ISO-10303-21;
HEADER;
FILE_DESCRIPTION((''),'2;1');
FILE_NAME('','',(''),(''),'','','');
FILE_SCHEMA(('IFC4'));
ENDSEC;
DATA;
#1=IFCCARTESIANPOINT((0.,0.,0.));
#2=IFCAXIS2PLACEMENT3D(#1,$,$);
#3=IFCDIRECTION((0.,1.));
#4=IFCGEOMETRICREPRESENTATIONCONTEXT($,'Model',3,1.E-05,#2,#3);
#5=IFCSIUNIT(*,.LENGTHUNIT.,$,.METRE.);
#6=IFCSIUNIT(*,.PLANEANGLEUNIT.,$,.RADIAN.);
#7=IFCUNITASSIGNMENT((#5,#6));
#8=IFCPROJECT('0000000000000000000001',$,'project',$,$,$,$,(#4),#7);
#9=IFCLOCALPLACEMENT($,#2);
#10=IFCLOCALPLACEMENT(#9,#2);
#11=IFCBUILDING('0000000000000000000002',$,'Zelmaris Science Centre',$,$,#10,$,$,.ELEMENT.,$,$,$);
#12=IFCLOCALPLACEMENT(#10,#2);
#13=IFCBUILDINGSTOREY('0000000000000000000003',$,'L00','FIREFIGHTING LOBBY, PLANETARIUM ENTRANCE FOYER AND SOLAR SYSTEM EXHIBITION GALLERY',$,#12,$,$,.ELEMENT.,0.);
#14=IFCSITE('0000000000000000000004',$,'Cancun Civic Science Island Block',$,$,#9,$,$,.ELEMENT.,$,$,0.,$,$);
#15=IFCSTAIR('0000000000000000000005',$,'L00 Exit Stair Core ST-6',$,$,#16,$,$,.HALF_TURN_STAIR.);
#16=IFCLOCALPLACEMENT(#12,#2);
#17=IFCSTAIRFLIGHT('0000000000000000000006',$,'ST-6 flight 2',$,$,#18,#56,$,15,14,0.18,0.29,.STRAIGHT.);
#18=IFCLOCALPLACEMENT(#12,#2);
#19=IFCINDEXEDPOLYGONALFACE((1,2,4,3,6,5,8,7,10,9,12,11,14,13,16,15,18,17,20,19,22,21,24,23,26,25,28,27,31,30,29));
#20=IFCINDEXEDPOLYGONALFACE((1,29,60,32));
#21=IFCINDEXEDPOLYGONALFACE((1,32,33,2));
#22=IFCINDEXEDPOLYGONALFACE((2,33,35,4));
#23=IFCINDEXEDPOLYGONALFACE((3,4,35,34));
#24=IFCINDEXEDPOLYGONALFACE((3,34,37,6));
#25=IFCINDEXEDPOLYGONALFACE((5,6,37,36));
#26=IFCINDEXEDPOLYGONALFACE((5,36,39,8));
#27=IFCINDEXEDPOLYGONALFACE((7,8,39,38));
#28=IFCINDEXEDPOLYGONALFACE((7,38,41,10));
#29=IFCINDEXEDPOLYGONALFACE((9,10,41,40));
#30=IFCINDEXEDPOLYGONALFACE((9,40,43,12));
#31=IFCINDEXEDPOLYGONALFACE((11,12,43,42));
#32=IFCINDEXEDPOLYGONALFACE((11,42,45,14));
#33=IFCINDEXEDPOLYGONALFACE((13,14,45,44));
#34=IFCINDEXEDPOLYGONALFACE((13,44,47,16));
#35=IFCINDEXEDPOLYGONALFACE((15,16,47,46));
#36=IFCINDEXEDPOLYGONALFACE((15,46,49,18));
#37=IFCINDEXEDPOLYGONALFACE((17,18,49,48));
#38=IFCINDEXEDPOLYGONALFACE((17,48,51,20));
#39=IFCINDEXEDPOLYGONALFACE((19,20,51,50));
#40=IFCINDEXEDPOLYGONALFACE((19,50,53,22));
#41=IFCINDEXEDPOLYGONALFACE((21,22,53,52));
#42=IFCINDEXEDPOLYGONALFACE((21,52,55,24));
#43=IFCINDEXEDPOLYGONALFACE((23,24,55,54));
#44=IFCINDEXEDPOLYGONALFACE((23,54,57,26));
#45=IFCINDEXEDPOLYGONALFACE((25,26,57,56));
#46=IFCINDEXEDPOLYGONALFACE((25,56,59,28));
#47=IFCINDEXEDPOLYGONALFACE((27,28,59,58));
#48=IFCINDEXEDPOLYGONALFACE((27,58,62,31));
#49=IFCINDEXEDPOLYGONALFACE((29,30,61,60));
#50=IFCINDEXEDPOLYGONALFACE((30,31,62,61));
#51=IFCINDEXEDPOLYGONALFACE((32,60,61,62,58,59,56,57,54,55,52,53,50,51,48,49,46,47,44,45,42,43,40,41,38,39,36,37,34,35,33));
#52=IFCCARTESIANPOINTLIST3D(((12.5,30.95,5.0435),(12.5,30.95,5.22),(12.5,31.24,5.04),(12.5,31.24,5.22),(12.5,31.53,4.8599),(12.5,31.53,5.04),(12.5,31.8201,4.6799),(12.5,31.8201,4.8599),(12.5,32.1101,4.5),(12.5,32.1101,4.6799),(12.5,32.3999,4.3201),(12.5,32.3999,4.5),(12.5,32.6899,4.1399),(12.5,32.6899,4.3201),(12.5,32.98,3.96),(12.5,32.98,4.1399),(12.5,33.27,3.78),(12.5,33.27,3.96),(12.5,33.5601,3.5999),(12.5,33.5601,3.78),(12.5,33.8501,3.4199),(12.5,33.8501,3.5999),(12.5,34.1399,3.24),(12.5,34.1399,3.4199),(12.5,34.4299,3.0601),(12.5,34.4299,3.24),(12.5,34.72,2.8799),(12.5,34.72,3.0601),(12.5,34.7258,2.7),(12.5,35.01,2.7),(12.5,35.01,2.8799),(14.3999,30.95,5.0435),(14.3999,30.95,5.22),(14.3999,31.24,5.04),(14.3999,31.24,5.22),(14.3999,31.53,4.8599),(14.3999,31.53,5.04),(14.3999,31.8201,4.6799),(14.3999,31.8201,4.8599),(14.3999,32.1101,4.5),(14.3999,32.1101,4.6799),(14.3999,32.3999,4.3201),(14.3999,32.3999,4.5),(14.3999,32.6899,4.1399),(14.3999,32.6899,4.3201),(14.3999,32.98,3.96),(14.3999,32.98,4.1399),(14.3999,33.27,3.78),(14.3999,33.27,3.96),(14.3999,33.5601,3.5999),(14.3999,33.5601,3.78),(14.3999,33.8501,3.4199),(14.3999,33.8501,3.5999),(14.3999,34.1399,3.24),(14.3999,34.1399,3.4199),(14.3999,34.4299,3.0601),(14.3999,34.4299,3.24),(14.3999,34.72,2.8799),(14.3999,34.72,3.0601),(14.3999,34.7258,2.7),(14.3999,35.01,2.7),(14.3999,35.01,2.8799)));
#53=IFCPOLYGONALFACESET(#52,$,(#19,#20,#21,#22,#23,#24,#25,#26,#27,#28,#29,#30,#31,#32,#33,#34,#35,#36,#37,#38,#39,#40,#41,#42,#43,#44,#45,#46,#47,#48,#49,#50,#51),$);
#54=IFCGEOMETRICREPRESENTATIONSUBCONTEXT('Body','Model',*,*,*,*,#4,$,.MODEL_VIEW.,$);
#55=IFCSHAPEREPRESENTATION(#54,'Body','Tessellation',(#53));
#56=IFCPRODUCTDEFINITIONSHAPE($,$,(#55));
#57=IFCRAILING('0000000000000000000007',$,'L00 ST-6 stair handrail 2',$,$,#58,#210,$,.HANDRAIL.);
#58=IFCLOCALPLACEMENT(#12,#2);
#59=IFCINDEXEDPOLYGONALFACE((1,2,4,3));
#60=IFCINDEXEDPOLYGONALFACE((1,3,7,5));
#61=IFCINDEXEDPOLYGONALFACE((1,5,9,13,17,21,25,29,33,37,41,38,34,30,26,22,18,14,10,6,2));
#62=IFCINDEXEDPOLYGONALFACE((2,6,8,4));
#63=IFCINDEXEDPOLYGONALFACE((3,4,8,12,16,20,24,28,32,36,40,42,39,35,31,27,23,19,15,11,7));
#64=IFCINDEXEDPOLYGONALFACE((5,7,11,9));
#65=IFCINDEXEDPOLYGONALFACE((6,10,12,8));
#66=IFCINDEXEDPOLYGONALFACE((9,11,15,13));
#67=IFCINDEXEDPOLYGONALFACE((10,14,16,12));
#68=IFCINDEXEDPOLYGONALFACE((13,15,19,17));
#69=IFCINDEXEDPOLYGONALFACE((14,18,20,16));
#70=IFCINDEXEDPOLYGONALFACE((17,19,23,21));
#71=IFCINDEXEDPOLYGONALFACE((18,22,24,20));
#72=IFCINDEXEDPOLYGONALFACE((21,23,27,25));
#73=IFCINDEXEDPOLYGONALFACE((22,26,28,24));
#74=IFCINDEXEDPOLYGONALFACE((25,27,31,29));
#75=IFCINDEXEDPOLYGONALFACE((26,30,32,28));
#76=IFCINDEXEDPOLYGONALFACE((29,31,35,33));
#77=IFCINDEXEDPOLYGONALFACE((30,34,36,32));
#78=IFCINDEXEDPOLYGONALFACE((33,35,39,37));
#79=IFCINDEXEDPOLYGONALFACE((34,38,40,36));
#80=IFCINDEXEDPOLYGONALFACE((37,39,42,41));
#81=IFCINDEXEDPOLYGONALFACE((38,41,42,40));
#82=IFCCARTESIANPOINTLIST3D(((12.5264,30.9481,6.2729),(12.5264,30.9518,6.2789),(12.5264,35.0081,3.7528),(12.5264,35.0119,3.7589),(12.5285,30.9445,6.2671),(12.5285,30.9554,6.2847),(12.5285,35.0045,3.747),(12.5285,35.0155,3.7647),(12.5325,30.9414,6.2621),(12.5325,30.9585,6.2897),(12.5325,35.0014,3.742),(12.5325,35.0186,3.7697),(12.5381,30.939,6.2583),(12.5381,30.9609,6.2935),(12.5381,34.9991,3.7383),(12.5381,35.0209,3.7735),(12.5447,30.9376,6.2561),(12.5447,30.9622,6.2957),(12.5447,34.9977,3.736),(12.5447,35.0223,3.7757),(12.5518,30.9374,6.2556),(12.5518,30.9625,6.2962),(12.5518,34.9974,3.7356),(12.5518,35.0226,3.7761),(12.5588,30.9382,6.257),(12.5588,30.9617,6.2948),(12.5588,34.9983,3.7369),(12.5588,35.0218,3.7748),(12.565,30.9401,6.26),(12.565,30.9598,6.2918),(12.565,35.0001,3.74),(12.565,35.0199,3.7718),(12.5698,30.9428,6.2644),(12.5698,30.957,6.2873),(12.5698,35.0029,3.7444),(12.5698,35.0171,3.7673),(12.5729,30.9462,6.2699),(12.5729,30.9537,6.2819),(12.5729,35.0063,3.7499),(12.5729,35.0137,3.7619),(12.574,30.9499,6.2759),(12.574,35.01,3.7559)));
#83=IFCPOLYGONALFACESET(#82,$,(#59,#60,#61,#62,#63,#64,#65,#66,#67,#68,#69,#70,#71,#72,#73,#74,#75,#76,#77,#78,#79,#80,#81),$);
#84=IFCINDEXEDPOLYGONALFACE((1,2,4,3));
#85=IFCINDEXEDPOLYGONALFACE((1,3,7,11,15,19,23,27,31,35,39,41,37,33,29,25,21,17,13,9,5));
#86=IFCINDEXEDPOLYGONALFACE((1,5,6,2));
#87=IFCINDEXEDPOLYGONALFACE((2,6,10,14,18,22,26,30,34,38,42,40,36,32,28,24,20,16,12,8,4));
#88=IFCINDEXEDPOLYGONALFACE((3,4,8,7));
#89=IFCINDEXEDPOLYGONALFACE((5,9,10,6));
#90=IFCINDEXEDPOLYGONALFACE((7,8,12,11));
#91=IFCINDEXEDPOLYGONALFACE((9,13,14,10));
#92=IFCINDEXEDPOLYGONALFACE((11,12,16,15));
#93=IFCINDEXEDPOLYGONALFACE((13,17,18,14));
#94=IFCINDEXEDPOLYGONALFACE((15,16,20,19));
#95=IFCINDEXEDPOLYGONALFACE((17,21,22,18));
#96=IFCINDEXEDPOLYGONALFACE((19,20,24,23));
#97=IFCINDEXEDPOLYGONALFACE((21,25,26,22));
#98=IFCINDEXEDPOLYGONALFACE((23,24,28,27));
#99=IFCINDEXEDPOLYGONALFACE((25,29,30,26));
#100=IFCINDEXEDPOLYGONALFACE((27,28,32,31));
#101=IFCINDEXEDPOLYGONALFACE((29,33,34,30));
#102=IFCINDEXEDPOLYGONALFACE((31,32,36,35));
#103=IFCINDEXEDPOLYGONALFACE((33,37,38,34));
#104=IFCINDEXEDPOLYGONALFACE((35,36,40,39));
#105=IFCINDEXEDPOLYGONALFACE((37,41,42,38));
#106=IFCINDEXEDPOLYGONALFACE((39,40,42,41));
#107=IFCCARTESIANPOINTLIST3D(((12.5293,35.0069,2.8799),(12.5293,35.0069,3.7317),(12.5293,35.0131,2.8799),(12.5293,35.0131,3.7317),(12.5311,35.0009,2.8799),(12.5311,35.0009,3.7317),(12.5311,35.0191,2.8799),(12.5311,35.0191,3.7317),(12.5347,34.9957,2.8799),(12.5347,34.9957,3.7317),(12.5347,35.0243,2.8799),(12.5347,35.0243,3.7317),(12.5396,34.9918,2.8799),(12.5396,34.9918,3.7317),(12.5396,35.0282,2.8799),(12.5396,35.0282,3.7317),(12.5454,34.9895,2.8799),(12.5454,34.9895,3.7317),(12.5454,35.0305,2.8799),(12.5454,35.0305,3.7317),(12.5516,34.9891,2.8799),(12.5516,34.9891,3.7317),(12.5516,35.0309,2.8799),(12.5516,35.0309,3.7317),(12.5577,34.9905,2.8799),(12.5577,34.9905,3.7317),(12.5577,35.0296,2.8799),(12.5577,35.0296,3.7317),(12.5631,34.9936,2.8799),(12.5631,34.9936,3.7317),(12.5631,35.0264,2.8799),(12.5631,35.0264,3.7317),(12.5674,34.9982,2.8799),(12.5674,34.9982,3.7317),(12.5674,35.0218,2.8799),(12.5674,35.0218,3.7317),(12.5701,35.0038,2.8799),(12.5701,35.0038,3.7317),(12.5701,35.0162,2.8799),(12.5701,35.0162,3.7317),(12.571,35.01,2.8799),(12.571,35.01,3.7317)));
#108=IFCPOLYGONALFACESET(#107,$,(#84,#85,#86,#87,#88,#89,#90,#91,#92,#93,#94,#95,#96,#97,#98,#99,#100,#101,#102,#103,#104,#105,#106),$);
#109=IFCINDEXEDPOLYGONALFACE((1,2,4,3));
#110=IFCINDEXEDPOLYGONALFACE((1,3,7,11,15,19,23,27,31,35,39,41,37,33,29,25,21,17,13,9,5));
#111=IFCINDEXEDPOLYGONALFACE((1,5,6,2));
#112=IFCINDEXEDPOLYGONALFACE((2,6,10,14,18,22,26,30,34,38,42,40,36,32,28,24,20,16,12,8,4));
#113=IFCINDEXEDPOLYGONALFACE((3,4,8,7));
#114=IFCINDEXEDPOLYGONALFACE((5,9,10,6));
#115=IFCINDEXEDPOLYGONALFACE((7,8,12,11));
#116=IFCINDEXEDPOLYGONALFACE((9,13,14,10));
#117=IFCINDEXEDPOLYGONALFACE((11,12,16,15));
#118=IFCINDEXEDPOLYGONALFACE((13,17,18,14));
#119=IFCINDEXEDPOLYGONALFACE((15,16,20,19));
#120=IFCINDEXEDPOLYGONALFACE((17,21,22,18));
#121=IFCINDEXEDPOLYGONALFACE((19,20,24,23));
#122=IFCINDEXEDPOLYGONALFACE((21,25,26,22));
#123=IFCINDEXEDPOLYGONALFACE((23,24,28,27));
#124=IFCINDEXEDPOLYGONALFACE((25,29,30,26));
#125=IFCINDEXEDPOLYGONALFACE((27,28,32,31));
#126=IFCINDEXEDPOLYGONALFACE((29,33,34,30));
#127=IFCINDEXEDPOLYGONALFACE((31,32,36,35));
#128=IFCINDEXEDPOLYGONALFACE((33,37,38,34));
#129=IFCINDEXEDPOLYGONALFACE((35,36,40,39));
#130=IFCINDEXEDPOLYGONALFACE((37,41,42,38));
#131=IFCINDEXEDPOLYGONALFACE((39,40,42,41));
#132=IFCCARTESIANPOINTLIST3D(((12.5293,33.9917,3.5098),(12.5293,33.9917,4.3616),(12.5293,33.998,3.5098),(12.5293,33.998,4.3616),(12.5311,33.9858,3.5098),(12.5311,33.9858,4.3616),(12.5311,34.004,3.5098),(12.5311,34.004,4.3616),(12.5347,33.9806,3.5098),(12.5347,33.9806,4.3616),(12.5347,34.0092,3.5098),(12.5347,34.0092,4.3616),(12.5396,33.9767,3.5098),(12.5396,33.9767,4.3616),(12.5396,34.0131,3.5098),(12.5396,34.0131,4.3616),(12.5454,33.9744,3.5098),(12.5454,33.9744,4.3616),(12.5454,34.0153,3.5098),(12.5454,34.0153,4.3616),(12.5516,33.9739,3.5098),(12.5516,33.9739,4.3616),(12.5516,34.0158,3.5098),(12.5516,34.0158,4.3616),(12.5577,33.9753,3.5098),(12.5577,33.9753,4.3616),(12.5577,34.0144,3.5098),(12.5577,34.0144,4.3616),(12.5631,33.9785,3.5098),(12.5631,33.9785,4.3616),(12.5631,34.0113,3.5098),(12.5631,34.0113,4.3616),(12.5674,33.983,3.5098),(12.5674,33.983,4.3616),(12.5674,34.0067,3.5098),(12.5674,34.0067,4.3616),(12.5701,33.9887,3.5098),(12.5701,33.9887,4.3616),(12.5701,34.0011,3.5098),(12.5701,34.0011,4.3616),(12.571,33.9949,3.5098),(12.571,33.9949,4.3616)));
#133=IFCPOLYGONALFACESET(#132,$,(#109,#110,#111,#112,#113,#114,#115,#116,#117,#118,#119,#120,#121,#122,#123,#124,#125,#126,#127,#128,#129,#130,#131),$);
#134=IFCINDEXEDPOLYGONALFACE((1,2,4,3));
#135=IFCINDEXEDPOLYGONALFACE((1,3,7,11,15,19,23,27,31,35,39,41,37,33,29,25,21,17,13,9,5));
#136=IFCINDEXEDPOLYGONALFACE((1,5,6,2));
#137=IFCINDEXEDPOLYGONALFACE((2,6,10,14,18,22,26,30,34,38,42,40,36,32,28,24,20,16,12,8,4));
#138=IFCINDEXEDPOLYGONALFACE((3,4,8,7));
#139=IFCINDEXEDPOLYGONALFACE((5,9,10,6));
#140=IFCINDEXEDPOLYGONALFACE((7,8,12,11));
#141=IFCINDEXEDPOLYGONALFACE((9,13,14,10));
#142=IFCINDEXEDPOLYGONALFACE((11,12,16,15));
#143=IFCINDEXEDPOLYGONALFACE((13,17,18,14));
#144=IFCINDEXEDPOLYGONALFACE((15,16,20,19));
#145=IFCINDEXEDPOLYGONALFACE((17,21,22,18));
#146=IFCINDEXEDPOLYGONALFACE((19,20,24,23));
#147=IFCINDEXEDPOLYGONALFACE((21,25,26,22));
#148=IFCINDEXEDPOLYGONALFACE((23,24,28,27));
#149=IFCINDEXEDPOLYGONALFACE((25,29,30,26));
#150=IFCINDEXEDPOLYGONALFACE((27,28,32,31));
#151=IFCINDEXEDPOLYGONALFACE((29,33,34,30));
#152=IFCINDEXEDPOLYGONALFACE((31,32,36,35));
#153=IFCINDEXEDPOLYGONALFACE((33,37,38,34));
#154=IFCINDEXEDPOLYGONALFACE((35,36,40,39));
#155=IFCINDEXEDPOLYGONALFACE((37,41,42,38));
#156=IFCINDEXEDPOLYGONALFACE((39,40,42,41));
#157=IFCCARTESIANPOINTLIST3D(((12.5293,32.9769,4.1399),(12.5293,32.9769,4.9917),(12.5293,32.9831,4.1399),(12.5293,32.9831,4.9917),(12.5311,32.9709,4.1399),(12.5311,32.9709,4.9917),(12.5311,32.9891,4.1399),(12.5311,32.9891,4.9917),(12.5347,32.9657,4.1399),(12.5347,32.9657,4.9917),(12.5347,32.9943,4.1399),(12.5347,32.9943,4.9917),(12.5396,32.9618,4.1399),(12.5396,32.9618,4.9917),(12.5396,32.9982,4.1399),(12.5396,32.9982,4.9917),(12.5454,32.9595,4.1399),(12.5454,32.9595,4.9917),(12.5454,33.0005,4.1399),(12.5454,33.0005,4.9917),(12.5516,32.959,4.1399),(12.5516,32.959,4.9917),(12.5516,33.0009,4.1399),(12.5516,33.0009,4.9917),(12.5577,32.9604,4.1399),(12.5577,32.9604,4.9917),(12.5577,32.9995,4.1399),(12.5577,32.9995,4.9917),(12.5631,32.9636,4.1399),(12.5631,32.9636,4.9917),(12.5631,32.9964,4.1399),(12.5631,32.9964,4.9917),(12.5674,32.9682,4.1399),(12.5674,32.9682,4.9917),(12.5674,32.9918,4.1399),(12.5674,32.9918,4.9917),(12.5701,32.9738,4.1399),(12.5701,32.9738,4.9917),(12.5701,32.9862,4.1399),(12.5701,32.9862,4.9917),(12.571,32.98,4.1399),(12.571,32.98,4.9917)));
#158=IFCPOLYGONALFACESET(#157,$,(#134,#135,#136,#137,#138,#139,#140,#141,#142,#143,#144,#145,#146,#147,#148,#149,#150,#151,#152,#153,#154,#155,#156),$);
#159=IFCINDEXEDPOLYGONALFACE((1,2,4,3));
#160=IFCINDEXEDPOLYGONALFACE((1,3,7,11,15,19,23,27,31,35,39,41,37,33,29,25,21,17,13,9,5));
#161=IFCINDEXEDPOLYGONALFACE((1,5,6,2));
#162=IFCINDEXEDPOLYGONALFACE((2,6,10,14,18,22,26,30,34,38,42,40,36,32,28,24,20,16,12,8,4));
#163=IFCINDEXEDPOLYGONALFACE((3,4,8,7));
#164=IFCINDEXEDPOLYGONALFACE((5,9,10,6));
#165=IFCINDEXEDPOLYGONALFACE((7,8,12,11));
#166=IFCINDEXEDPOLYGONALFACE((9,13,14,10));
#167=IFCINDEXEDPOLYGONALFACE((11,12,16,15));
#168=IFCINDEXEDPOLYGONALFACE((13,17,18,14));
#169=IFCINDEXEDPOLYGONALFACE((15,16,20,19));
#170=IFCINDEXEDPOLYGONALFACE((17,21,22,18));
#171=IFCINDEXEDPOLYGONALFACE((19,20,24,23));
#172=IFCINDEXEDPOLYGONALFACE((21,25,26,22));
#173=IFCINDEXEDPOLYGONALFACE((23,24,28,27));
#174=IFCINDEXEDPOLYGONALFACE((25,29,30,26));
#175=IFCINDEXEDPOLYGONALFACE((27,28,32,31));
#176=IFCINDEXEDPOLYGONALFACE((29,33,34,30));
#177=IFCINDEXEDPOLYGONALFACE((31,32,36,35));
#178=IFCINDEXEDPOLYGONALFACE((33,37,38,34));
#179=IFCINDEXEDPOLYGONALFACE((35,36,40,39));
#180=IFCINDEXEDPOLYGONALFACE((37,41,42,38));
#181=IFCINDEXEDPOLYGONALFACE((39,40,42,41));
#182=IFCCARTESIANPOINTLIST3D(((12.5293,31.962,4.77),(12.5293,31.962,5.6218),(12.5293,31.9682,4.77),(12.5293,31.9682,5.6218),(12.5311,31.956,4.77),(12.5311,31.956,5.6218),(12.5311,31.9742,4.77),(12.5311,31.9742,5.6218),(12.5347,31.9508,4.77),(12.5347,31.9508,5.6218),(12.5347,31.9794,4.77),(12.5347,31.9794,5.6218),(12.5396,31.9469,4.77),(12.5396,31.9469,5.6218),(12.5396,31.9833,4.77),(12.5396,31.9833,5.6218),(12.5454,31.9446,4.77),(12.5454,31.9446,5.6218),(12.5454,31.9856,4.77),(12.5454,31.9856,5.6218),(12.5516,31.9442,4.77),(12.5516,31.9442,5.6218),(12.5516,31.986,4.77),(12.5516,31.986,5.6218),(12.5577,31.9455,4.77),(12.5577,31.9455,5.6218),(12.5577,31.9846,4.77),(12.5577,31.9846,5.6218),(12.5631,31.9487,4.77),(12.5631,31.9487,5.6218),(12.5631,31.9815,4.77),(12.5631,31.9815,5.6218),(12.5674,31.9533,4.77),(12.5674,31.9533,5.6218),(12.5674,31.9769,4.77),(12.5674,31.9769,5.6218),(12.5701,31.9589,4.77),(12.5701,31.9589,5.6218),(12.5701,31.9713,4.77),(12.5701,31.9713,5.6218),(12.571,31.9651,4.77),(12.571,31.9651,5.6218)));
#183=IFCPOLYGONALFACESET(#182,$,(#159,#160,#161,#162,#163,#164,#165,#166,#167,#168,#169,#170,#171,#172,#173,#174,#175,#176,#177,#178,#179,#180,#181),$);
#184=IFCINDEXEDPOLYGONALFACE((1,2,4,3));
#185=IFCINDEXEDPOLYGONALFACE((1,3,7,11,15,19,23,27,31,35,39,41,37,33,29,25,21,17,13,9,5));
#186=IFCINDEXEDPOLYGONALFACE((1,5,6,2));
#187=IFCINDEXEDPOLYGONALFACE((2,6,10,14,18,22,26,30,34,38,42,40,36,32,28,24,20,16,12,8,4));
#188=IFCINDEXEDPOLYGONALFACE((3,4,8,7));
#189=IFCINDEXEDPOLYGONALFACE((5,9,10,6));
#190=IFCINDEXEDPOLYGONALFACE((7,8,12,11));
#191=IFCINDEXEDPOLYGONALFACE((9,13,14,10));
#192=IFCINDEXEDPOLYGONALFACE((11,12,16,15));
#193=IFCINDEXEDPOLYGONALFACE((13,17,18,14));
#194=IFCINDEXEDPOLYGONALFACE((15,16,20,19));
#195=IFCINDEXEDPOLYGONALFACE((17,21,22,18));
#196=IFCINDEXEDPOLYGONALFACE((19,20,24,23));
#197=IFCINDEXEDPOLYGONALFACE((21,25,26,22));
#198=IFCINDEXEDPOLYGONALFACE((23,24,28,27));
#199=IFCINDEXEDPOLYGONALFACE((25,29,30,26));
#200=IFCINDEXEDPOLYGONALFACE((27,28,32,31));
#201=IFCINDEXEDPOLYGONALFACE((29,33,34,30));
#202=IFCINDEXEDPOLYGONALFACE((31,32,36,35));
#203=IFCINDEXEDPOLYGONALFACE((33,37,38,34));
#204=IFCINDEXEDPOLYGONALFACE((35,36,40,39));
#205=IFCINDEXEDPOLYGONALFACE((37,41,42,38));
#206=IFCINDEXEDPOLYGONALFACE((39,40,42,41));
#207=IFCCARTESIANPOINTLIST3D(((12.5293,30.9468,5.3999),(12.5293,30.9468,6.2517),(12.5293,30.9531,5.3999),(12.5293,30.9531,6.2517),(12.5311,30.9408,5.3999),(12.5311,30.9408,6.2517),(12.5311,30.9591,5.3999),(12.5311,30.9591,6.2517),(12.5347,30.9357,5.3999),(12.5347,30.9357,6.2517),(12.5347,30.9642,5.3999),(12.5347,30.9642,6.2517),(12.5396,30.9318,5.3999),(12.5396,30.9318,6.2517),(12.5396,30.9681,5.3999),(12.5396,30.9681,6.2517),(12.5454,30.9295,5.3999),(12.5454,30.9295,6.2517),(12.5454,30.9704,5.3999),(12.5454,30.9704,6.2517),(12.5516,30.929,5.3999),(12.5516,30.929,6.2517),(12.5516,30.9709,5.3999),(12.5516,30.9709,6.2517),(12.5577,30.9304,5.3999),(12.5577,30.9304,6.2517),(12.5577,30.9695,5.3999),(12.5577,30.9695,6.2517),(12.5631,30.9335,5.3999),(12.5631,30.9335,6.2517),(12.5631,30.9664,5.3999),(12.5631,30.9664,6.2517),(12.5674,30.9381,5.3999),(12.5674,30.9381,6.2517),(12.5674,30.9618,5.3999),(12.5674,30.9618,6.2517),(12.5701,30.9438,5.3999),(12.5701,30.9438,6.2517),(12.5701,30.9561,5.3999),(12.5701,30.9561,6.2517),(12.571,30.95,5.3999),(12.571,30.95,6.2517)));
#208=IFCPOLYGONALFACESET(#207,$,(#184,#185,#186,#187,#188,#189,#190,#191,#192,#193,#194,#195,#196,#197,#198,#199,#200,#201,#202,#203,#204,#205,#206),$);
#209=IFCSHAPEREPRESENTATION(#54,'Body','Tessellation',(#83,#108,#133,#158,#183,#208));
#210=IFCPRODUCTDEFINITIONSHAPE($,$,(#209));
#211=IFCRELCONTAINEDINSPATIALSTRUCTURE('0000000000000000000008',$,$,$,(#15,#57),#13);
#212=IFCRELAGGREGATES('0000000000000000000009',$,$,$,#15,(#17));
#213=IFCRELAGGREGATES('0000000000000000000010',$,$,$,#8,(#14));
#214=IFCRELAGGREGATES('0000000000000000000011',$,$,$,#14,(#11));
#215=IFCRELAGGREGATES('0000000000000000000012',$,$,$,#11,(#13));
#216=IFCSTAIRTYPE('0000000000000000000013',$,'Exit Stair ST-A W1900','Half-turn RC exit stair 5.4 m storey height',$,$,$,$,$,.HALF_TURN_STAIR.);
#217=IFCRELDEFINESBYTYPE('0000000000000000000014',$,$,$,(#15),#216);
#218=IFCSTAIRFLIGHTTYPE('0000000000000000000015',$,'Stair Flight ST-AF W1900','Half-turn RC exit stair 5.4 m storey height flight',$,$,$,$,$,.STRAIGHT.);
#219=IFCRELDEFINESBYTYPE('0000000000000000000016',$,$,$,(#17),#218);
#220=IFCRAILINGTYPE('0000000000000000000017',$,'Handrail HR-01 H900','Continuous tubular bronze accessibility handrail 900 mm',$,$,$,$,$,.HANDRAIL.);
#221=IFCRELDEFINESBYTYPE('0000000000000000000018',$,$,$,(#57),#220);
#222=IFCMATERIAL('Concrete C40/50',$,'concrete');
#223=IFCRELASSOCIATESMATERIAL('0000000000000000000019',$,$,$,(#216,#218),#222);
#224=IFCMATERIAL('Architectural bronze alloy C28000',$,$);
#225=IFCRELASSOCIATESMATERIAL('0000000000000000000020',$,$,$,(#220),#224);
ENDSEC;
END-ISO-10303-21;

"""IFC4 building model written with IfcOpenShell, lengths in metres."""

from ifc_helpers import new_model, si_unit, direction, frame, origin, origin_2d, place, context, subcontext, project, spatial, polyline, circle, outline, extrude, material, type_object, element, aggregate, save


model = new_model("IFC4")

# Units and contexts
model_context = context("Model", 3, precision=1e-05, world=origin(), true_north=direction((0.0, 1.0)))
body_context = subcontext(model_context, "Body", "Model", "MODEL_VIEW")
ifc_project = project(units=[si_unit("LENGTHUNIT", "METRE"), si_unit("PLANEANGLEUNIT", "RADIAN")], contexts=[model_context])

# Site, building, storey
site_placement = place(None, origin())
site = spatial("IfcSite", under=ifc_project, at=site_placement, Name="Cancun Civic Science Island Block", CompositionType="ELEMENT", RefElevation=0.0)
building_placement = place(site_placement, origin())
building = spatial("IfcBuilding", under=site, at=building_placement, Name="Zelmaris Science Centre", CompositionType="ELEMENT")
storey_placement = place(building_placement, origin())
storey = spatial("IfcBuildingStorey", under=building, at=storey_placement, Name="L00", Description="FIREFIGHTING LOBBY, PLANETARIUM ENTRANCE FOYER AND SOLAR SYSTEM EXHIBITION GALLERY", CompositionType="ELEMENT", Elevation=0.0)

# Shared definitions
ifc_material_1 = material(Name="Architectural bronze alloy C28000")

# Stair, stair flight
ifc_material_2 = material(Name="Concrete C40/50", Category="concrete")
stair_type = type_object("IfcStairType", Name="Exit Stair ST-A W1900", Description="Half-turn RC exit stair 5.4 m storey height", PredefinedType="HALF_TURN_STAIR", material=ifc_material_2)
stair_placement = place(storey_placement, origin())
stair = element("IfcStair", 1, at=stair_placement, inside=storey, type_object=stair_type, Name="L00 Exit Stair Core ST-6", PredefinedType="HALF_TURN_STAIR")
stair_flight_type = type_object("IfcStairFlightType", Name="Stair Flight ST-AF W1900", Description="Half-turn RC exit stair 5.4 m storey height flight", PredefinedType="STRAIGHT", material=ifc_material_2)
stair_flight_placement = place(storey_placement, frame((13.45, 35.01, 2.7), z_axis=(0.0, 0.0, 1.0), x_axis=(0.0, -1.0, 0.0)))
stair_flight = element("IfcStairFlight", 2, at=stair_flight_placement, type_object=stair_flight_type, Name="ST-6 flight 2", NumberOfRisers=15, NumberOfTreads=14, PredefinedType="STRAIGHT", RiserHeight=0.18, TreadLength=0.29, context=body_context, shape_type="SweptSolid", body=[
    extrude(outline(polyline([(0.0, 0.0), (0.0, 0.1799), (0.29, 0.1799), (0.29, 0.3601), (0.5801, 0.3601), (0.5801, 0.54), (0.8701, 0.54), (0.8701, 0.72), (1.1599, 0.72), (1.1599, 0.8999), (1.45, 0.8999), (1.45, 1.0801), (1.74, 1.0801), (1.74, 1.26), (2.03, 1.26), (2.03, 1.4399), (2.3201, 1.4399), (2.3201, 1.6201), (2.6101, 1.6201), (2.6101, 1.8), (2.8999, 1.8), (2.8999, 1.98), (3.1899, 1.98), (3.1899, 2.1599), (3.48, 2.1599), (3.48, 2.3401), (3.77, 2.3401), (3.77, 2.52), (4.0601, 2.52), (4.0601, 2.7), (4.0601, 2.3435), (0.2842, 0.0), (0.0, 0.0)])), frame((0.0, 0.95, 0.0), z_axis=(0.0, -1.0, 0.0), x_axis=(1.0, 0.0, 0.0)), (0.0, 0.0, 1.0), 1.8999),
])
aggregate(stair, [stair_flight])

# Railing
railing_type = type_object("IfcRailingType", Name="Handrail HR-01 H900", Description="Continuous tubular bronze accessibility handrail 900 mm", PredefinedType="HANDRAIL", material=ifc_material_1)
railing_placement = place(storey_placement, frame((12.55, 35.01, 2.8799)))
element("IfcRailing", 3, at=railing_placement, inside=storey, type_object=railing_type, Name="L00 ST-6 stair handrail 2", PredefinedType="HANDRAIL", context=body_context, shape_type="SweptSolid", body=[
    extrude(circle(Radius=0.0239, at=origin_2d()), frame((0.0, 0.0, 0.876), z_axis=(0.0, -0.849642, 0.52736), x_axis=(1.0, 0.0, 0.0)), (0.0, 0.0, 1.0), 4.7786),
    extrude(circle(Radius=0.021, at=origin_2d()), origin(), (0.0, 0.0, 1.0), 0.8518),
    extrude(circle(Radius=0.021, at=origin_2d()), frame((0.0, -1.0151, 0.6299)), (0.0, 0.0, 1.0), 0.8518),
    extrude(circle(Radius=0.021, at=origin_2d()), frame((0.0, -2.03, 1.26)), (0.0, 0.0, 1.0), 0.8518),
    extrude(circle(Radius=0.021, at=origin_2d()), frame((0.0, -3.0449, 1.8901)), (0.0, 0.0, 1.0), 0.8518),
    extrude(circle(Radius=0.021, at=origin_2d()), frame((0.0, -4.0601, 2.52)), (0.0, 0.0, 1.0), 0.8518),
])

save(model, "model.ifc")
